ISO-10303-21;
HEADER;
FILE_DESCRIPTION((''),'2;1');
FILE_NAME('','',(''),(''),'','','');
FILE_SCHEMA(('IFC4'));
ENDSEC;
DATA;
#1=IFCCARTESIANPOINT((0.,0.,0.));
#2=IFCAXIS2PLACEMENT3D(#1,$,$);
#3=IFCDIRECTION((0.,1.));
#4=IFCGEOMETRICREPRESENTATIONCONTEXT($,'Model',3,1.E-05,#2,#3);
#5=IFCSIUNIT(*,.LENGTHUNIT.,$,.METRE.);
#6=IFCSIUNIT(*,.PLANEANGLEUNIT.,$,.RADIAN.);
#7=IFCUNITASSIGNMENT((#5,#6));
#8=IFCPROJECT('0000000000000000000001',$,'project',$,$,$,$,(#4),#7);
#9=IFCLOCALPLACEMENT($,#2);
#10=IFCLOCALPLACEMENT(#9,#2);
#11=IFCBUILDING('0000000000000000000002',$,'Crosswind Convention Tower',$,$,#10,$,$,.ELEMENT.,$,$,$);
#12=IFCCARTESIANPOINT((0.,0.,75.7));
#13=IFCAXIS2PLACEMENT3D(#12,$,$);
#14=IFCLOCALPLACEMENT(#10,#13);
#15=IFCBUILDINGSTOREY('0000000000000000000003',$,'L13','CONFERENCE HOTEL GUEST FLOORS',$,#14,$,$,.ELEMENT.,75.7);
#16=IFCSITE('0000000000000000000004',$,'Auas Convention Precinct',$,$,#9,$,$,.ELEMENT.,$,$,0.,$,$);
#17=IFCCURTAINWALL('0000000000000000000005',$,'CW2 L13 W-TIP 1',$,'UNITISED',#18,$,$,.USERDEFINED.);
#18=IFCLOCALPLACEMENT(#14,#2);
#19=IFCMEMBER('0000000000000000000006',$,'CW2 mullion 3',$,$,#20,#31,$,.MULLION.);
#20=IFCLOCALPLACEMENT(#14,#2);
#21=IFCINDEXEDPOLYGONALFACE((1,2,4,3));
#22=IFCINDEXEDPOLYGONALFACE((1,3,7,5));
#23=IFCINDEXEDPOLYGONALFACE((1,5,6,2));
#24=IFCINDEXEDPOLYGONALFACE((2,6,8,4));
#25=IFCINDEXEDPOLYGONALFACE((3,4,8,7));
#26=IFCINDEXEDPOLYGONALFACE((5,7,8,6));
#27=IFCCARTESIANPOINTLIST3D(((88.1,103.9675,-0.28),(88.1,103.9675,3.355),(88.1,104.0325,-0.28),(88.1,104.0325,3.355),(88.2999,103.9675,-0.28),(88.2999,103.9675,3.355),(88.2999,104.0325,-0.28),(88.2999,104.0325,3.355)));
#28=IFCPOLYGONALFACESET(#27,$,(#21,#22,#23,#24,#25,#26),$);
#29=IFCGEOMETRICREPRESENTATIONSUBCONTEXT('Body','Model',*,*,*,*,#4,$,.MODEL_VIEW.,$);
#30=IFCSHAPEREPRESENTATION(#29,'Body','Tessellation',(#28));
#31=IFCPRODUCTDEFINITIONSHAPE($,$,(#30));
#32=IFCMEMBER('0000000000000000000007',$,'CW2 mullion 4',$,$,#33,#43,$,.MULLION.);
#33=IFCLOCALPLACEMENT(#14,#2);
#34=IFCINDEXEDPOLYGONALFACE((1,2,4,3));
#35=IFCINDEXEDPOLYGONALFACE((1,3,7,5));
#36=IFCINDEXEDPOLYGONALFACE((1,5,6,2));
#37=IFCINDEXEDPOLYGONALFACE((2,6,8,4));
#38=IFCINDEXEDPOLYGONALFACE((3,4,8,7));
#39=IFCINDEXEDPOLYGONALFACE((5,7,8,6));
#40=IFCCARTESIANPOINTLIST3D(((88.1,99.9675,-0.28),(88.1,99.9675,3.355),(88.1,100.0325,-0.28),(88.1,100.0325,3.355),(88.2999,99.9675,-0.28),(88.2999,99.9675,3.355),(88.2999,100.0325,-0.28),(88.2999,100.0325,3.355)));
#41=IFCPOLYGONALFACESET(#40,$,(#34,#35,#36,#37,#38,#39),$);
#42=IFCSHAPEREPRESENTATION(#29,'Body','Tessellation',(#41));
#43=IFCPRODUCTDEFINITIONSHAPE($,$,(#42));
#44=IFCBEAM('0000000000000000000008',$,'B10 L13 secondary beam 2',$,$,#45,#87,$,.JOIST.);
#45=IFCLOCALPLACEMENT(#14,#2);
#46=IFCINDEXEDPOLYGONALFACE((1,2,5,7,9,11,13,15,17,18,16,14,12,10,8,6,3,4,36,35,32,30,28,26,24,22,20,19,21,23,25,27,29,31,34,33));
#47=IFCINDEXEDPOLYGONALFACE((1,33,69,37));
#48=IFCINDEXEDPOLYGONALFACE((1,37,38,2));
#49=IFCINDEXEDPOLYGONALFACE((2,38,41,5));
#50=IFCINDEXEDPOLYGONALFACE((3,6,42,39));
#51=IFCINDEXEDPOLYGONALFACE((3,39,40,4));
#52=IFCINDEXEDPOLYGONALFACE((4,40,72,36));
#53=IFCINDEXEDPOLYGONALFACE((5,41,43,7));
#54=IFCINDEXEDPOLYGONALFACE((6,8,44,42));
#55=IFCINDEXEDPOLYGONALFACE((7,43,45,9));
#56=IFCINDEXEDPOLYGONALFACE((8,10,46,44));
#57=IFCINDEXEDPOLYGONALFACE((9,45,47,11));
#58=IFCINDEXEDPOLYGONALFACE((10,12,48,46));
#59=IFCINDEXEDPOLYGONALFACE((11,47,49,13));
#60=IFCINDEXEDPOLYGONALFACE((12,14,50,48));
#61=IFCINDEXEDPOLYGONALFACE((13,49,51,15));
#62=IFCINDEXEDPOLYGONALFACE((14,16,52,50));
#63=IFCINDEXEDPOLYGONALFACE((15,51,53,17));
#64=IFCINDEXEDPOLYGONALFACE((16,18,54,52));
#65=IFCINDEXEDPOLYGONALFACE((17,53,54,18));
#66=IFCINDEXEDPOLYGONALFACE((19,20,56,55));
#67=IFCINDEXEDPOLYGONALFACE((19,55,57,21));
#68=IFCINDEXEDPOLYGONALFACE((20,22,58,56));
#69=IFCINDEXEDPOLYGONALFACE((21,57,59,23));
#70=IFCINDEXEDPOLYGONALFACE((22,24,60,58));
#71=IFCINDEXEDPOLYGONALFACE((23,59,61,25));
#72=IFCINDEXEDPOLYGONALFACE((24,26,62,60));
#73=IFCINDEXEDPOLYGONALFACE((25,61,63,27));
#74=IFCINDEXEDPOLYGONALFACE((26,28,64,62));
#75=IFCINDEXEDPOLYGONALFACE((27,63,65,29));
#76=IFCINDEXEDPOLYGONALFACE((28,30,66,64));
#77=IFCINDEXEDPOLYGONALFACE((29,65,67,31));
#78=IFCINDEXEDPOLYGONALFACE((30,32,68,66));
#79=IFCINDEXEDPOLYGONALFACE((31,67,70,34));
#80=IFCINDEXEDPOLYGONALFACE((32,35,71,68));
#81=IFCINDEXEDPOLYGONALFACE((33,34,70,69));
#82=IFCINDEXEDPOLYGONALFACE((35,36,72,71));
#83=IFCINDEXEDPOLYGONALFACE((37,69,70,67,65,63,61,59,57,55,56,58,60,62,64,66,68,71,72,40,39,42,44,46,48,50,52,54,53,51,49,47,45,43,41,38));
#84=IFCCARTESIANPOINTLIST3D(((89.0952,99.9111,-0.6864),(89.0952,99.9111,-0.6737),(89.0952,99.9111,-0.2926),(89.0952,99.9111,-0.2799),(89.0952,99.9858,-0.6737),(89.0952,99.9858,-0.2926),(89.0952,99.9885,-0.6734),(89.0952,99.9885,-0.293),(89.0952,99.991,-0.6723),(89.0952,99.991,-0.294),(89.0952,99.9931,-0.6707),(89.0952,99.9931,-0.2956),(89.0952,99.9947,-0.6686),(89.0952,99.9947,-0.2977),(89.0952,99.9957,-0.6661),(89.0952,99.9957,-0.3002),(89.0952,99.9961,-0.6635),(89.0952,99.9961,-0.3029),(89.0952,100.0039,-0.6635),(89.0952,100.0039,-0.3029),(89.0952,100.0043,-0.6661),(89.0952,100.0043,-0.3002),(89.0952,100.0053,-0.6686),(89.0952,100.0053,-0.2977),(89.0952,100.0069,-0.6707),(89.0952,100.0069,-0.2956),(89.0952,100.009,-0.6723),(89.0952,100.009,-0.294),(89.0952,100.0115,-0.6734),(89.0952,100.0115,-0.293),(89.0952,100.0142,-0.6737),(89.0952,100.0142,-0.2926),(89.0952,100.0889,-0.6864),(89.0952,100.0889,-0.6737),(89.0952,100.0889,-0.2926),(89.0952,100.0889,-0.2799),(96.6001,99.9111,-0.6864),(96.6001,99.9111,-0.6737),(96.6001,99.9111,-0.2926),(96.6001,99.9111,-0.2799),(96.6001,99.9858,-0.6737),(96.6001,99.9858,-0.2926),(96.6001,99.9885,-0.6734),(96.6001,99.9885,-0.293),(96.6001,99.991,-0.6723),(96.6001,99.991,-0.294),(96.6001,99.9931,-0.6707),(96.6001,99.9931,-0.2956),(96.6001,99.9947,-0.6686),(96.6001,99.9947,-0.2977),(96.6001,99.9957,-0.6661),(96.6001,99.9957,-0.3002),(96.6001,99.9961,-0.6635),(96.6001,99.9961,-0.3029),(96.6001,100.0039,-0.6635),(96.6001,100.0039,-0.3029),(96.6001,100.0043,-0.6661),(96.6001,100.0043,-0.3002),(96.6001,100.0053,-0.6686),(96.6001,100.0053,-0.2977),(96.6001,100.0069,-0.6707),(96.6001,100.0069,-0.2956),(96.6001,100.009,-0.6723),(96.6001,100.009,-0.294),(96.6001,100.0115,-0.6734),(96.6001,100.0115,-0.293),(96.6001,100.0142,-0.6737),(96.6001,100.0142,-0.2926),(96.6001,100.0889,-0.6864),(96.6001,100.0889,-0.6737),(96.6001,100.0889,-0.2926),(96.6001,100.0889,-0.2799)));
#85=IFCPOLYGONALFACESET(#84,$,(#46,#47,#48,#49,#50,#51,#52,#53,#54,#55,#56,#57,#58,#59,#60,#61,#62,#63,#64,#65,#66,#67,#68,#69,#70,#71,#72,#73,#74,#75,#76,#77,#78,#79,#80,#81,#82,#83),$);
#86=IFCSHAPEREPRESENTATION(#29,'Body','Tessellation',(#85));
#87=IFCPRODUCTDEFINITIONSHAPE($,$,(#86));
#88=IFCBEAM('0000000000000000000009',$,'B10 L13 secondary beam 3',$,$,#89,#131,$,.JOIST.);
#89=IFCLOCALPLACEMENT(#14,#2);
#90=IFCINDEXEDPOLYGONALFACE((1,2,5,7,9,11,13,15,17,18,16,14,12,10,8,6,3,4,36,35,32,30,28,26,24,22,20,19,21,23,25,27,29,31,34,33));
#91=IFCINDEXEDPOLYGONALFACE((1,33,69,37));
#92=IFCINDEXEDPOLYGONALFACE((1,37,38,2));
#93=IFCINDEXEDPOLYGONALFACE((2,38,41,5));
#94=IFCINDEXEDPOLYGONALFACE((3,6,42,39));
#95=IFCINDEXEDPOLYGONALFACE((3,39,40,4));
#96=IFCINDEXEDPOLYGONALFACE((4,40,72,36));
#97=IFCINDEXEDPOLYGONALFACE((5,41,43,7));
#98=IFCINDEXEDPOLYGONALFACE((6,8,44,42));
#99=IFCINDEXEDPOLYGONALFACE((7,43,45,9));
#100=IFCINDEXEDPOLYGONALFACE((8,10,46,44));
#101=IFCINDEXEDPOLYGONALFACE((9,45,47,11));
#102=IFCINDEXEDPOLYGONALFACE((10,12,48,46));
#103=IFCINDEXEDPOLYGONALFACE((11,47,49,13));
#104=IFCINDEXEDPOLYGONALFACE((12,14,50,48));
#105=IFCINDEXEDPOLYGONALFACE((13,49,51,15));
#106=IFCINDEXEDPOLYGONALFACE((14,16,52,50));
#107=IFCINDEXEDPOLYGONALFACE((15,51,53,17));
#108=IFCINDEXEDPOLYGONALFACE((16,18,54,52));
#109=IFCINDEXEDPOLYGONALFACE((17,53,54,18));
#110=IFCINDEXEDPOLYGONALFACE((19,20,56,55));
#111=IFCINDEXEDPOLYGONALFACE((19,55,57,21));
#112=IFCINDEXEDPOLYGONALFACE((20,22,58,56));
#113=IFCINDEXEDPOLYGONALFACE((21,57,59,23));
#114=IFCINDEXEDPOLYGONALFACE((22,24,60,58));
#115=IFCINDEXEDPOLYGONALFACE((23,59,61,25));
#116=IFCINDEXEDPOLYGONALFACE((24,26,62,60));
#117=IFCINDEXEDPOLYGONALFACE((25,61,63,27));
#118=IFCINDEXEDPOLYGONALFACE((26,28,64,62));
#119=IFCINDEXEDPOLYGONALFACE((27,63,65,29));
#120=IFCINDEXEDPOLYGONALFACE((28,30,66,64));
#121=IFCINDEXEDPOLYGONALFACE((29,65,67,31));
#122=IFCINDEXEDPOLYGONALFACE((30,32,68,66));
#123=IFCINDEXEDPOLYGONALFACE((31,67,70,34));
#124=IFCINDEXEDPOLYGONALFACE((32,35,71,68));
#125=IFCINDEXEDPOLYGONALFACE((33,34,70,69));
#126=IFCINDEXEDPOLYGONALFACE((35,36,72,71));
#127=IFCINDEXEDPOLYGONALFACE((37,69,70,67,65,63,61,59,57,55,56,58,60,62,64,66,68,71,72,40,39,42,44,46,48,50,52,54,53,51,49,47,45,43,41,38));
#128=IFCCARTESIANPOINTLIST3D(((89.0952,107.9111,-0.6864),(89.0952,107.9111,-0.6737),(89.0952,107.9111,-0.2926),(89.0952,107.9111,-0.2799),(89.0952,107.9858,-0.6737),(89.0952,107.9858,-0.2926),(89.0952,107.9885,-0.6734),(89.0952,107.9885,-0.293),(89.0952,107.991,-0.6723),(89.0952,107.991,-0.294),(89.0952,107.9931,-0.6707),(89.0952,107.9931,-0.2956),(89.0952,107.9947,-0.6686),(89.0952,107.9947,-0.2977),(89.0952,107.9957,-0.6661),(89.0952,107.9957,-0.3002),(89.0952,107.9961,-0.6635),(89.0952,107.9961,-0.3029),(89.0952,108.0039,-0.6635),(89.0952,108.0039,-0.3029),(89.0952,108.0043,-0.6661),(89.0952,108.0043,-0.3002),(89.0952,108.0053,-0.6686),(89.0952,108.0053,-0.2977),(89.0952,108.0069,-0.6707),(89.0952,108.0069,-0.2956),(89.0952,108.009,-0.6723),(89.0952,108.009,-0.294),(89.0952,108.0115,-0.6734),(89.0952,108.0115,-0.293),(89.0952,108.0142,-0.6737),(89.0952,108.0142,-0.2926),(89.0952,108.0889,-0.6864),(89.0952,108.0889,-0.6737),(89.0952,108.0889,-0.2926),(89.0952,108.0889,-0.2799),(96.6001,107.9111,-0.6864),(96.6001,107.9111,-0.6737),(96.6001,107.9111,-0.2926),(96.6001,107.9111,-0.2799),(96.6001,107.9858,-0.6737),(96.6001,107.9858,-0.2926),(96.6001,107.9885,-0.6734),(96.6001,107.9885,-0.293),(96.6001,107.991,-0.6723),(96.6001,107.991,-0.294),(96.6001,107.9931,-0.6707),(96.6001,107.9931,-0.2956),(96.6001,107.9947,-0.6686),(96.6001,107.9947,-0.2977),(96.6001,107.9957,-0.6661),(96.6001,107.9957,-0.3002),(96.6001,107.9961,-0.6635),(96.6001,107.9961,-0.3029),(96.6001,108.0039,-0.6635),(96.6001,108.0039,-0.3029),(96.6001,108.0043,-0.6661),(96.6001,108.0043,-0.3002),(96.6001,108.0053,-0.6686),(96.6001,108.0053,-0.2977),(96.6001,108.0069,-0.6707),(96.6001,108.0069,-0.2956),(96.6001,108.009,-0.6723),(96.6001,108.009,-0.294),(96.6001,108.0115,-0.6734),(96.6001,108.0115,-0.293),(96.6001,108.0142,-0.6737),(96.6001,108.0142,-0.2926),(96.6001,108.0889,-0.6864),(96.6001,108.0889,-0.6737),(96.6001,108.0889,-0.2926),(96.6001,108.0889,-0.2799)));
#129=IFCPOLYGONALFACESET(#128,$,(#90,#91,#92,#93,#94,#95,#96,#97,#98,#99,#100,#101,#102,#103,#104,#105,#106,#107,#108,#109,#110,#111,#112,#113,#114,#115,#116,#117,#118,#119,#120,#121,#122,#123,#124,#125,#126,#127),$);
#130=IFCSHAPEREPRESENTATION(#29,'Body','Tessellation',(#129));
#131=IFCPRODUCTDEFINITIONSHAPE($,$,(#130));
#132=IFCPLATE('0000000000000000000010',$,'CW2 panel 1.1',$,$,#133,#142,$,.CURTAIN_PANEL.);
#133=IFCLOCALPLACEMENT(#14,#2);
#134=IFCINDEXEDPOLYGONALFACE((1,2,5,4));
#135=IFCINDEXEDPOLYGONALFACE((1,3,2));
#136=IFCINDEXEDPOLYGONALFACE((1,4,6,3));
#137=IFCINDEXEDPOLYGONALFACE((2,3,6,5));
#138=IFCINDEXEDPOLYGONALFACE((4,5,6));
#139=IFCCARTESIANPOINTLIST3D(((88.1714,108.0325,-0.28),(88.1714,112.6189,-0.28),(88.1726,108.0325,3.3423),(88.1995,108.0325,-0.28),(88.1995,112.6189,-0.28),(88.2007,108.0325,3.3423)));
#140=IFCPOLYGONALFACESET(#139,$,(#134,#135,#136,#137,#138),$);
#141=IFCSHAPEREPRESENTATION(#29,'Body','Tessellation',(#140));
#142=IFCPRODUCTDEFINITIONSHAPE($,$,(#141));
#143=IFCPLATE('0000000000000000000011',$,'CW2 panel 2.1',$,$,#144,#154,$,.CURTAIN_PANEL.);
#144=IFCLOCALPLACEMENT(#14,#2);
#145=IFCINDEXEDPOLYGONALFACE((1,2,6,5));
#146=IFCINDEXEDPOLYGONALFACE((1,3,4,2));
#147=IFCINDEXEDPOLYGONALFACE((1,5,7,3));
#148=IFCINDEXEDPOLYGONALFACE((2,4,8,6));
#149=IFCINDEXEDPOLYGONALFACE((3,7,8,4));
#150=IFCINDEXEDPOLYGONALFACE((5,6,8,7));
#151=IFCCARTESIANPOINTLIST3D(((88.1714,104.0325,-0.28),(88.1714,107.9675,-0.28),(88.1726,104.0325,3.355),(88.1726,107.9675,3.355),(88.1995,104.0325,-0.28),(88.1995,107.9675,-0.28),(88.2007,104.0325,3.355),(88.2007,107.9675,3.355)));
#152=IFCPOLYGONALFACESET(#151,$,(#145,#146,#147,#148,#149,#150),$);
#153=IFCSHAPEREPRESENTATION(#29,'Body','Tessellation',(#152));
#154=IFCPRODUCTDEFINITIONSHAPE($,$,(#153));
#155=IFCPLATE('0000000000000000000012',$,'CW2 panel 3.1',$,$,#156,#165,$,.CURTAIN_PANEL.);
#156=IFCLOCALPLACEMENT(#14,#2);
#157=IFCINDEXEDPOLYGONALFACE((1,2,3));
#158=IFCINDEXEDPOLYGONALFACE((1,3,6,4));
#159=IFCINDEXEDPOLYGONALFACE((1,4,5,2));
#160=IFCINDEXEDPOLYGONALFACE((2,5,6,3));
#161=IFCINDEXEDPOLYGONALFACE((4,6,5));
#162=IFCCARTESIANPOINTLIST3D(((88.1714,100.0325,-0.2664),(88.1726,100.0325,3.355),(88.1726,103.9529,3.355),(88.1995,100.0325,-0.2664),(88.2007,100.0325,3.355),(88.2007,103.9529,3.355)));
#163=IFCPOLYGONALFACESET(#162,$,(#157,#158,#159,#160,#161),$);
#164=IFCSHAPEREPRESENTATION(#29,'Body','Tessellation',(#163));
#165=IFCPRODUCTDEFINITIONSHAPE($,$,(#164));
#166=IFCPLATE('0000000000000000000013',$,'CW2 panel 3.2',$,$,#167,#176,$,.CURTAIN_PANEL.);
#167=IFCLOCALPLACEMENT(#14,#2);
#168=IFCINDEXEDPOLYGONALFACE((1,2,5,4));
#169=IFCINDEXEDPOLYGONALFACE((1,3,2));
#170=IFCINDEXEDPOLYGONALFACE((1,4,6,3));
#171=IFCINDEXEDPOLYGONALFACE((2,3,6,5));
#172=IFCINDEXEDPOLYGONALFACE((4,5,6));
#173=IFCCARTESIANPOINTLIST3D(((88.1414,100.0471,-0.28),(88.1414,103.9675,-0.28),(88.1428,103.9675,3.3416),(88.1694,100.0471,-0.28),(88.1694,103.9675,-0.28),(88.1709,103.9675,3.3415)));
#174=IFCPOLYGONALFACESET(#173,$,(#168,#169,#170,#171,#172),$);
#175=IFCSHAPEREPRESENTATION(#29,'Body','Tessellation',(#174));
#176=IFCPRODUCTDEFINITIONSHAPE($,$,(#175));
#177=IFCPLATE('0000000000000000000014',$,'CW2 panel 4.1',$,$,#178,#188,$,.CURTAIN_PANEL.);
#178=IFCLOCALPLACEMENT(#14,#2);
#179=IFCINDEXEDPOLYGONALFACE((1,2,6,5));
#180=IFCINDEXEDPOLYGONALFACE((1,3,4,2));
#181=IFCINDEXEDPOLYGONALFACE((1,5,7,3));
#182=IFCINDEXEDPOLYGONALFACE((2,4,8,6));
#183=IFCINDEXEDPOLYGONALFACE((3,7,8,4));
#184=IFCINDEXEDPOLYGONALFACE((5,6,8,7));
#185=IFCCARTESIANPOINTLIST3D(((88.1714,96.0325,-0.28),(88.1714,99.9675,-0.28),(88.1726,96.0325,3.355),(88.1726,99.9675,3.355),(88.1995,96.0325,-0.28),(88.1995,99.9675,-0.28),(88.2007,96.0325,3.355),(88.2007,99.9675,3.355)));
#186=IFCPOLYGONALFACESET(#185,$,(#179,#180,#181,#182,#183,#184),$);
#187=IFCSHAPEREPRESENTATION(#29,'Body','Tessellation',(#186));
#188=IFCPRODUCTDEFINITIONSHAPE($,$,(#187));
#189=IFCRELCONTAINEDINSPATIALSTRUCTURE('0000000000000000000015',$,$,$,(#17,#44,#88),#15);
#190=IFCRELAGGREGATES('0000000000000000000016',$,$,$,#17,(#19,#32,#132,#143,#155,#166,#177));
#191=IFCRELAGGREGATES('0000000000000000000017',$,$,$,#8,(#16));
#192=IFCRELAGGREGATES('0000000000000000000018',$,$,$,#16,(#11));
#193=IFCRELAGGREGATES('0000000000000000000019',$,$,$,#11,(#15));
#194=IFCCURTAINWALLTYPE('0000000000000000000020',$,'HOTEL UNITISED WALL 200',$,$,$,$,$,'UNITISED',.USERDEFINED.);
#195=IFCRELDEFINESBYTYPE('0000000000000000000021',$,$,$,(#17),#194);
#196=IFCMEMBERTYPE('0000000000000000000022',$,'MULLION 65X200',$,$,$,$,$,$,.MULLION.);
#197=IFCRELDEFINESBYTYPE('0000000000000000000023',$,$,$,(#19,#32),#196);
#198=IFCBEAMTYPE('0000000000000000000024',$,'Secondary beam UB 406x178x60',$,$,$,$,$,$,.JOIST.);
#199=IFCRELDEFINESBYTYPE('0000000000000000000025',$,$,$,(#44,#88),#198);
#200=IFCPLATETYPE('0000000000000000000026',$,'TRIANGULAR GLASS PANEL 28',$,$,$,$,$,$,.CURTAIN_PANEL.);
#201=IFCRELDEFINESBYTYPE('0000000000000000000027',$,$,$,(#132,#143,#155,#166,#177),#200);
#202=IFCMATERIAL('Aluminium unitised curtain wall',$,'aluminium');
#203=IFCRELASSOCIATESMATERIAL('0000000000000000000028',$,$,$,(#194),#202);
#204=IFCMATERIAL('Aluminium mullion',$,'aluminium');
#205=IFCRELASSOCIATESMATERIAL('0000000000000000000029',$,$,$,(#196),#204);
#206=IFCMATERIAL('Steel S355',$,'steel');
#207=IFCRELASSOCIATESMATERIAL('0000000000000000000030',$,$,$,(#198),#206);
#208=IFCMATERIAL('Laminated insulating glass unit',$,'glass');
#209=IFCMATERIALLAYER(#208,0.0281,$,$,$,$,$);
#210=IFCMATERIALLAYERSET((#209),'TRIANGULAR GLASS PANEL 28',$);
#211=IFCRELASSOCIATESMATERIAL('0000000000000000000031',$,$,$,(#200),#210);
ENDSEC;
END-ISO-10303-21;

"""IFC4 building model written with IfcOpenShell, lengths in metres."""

from ifc_helpers import new_model, si_unit, direction, frame, origin, origin_2d, place, context, subcontext, project, spatial, polyline, rectangle, i_section, outline, extrude, material, layer, layer_set, material_profile, profile_set, type_object, element, aggregate, save


model = new_model("IFC4")

# Units and contexts
model_context = context("Model", 3, precision=1e-05, world=origin(), true_north=direction((0.0, 1.0)))
body_context = subcontext(model_context, "Body", "Model", "MODEL_VIEW")
ifc_project = project(units=[si_unit("LENGTHUNIT", "METRE"), si_unit("PLANEANGLEUNIT", "RADIAN")], contexts=[model_context])

# Site, building, storey
site_placement = place(None, origin())
site = spatial("IfcSite", under=ifc_project, at=site_placement, Name="Auas Convention Precinct", CompositionType="ELEMENT", RefElevation=0.0)
building_placement = place(site_placement, origin())
building = spatial("IfcBuilding", under=site, at=building_placement, Name="Crosswind Convention Tower", CompositionType="ELEMENT")
storey_placement = place(building_placement, frame((0.0, 0.0, 75.7)))
storey = spatial("IfcBuildingStorey", under=building, at=storey_placement, Name="L13", Description="CONFERENCE HOTEL GUEST FLOORS", CompositionType="ELEMENT", Elevation=75.7)

# Shared definitions
ifc_material_1 = material(Name="Steel S355", Category="steel")

# Curtain wall, members
ifc_material_2 = material(Name="Aluminium unitised curtain wall", Category="aluminium")
curtain_wall_type = type_object("IfcCurtainWallType", Name="HOTEL UNITISED WALL 200", ElementType="UNITISED", PredefinedType="USERDEFINED", material=ifc_material_2)
curtain_wall_placement = place(storey_placement, origin())
curtain_wall = element("IfcCurtainWall", 1, at=curtain_wall_placement, inside=storey, type_object=curtain_wall_type, Name="CW2 L13 W-TIP 1", ObjectType="UNITISED", PredefinedType="USERDEFINED")
ifc_material_3 = material(Name="Aluminium mullion", Category="aluminium")
ifc_material_profile_1 = material_profile(ifc_material_3, rectangle(XDim=0.2, YDim=0.0649, at=origin_2d()), Name="AL 200X65")
ifc_profile_set_1 = profile_set([ifc_material_profile_1], Name="Aluminium mullion")
member_type = type_object("IfcMemberType", Name="MULLION 65X200", PredefinedType="MULLION", material=ifc_profile_set_1)
member_1_placement = place(storey_placement, frame((88.2, 104.0, -0.28), z_axis=(0.0, 0.0, 1.0), x_axis=(-1.0, 0.0, 0.0)))
member_1 = element("IfcMember", 2, at=member_1_placement, type_object=member_type, Name="CW2 mullion 3", PredefinedType="MULLION", context=body_context, shape_type="SweptSolid", body=[
    extrude(rectangle(XDim=0.2, YDim=0.0649, at=origin_2d()), origin(), (0.0, 0.0, 1.0), 3.635),
])
member_2_placement = place(storey_placement, frame((88.2, 100.0, -0.28), z_axis=(0.0, 0.0, 1.0), x_axis=(-1.0, 0.0, 0.0)))
member_2 = element("IfcMember", 3, at=member_2_placement, type_object=member_type, Name="CW2 mullion 4", PredefinedType="MULLION", context=body_context, shape_type="SweptSolid", body=[
    extrude(rectangle(XDim=0.2, YDim=0.0649, at=origin_2d()), origin(), (0.0, 0.0, 1.0), 3.635),
])

# Beams
ifc_material_profile_2 = material_profile(ifc_material_1, i_section(OverallWidth=0.1777, OverallDepth=0.4065, WebThickness=0.0078, FlangeThickness=0.0127, FilletRadius=0.0103, at=origin_2d()), Name="UB 406x178x60")
ifc_profile_set_2 = profile_set([ifc_material_profile_2], Name="Steel S355")
beam_type_1 = type_object("IfcBeamType", Name="Secondary beam UB 406x178x60", PredefinedType="JOIST", material=ifc_profile_set_2)
for number, where, z_axis, x_axis, name in (
    (4, (89.0952, 100.0, -0.4832), (1.0, 0.0, 0.0), (0.0, 1.0, 0.0), "B10 L13 secondary beam 2"),
    (5, (89.0952, 108.0, -0.4832), (1.0, 0.0, 0.0), (0.0, 1.0, 0.0), "B10 L13 secondary beam 3"),
):
    element("IfcBeam", number, at=place(storey_placement, frame(where, z_axis=z_axis, x_axis=x_axis)), inside=storey, type_object=beam_type_1, Name=name, PredefinedType="JOIST", context=body_context, shape_type="SweptSolid", body=[
        extrude(i_section(OverallWidth=0.1777, OverallDepth=0.4065, WebThickness=0.0078, FlangeThickness=0.0127, FilletRadius=0.0103, at=origin_2d()), origin(), (0.0, 0.0, 1.0), 7.5049),
    ])

# Plates
ifc_material_4 = material(Name="Laminated insulating glass unit", Category="glass")
ifc_layer_1 = layer(ifc_material_4, 0.0281)
ifc_layer_set_1 = layer_set([ifc_layer_1], Name="TRIANGULAR GLASS PANEL 28")
plate_type = type_object("IfcPlateType", Name="TRIANGULAR GLASS PANEL 28", PredefinedType="CURTAIN_PANEL", material=ifc_layer_set_1)
plate_1_placement = place(storey_placement, frame((88.1714, 108.0325, -0.28), z_axis=(-1.0, 0.0, 0.000337), x_axis=(0.000337, 0.0, 1.0)))
plate_1 = element("IfcPlate", 6, at=plate_1_placement, type_object=plate_type, Name="CW2 panel 1.1", PredefinedType="CURTAIN_PANEL", context=body_context, shape_type="SweptSolid", body=[
    extrude(outline(polyline([(0.0, 0.0), (3.6223, 0.0), (0.0, 4.5864), (0.0, 0.0)])), origin(), (0.0, 0.0, -1.0), 0.0281),
])
plate_2_placement = place(storey_placement, frame((88.1714, 107.9675, -0.28), z_axis=(-1.0, 0.0, 0.000336), x_axis=(0.0, -1.0, 0.0)))
plate_2 = element("IfcPlate", 7, at=plate_2_placement, type_object=plate_type, Name="CW2 panel 2.1", PredefinedType="CURTAIN_PANEL", context=body_context, shape_type="SweptSolid", body=[
    extrude(outline(polyline([(0.0, 0.0), (3.9351, 0.0), (3.9351, 3.635), (0.0, 3.635), (0.0, 0.0)])), origin(), (0.0, 0.0, -1.0), 0.0281),
])
plate_3_placement = place(storey_placement, frame((88.1726, 100.0325, 3.355), z_axis=(-1.0, 0.0, 0.000337), x_axis=(0.0, 1.0, 0.0)))
plate_3 = element("IfcPlate", 8, at=plate_3_placement, type_object=plate_type, Name="CW2 panel 3.1", PredefinedType="CURTAIN_PANEL", context=body_context, shape_type="SweptSolid", body=[
    extrude(outline(polyline([(0.0, 0.0), (3.9204, 0.0), (0.0, 3.6213), (0.0, 0.0)])), origin(), (0.0, 0.0, -1.0), 0.0281),
])
plate_4_placement = place(storey_placement, frame((88.1414, 103.9675, -0.28), z_axis=(-1.0, 0.0, 0.000404), x_axis=(0.0, -1.0, 0.0)))
plate_4 = element("IfcPlate", 9, at=plate_4_placement, type_object=plate_type, Name="CW2 panel 3.2", PredefinedType="CURTAIN_PANEL", context=body_context, shape_type="SweptSolid", body=[
    extrude(outline(polyline([(0.0, 0.0), (3.9204, 0.0), (0.0, 3.6216), (0.0, 0.0)])), origin(), (0.0, 0.0, -1.0), 0.0281),
])
plate_5_placement = place(storey_placement, frame((88.1714, 99.9675, -0.28), z_axis=(-1.0, 0.0, 0.000336), x_axis=(0.0, -1.0, 0.0)))
plate_5 = element("IfcPlate", 10, at=plate_5_placement, type_object=plate_type, Name="CW2 panel 4.1", PredefinedType="CURTAIN_PANEL", context=body_context, shape_type="SweptSolid", body=[
    extrude(outline(polyline([(0.0, 0.0), (3.9351, 0.0), (3.9351, 3.635), (0.0, 3.635), (0.0, 0.0)])), origin(), (0.0, 0.0, -1.0), 0.0281),
])
aggregate(curtain_wall, [member_1, member_2, plate_1, plate_2, plate_3, plate_4, plate_5])

save(model, "model.ifc")
